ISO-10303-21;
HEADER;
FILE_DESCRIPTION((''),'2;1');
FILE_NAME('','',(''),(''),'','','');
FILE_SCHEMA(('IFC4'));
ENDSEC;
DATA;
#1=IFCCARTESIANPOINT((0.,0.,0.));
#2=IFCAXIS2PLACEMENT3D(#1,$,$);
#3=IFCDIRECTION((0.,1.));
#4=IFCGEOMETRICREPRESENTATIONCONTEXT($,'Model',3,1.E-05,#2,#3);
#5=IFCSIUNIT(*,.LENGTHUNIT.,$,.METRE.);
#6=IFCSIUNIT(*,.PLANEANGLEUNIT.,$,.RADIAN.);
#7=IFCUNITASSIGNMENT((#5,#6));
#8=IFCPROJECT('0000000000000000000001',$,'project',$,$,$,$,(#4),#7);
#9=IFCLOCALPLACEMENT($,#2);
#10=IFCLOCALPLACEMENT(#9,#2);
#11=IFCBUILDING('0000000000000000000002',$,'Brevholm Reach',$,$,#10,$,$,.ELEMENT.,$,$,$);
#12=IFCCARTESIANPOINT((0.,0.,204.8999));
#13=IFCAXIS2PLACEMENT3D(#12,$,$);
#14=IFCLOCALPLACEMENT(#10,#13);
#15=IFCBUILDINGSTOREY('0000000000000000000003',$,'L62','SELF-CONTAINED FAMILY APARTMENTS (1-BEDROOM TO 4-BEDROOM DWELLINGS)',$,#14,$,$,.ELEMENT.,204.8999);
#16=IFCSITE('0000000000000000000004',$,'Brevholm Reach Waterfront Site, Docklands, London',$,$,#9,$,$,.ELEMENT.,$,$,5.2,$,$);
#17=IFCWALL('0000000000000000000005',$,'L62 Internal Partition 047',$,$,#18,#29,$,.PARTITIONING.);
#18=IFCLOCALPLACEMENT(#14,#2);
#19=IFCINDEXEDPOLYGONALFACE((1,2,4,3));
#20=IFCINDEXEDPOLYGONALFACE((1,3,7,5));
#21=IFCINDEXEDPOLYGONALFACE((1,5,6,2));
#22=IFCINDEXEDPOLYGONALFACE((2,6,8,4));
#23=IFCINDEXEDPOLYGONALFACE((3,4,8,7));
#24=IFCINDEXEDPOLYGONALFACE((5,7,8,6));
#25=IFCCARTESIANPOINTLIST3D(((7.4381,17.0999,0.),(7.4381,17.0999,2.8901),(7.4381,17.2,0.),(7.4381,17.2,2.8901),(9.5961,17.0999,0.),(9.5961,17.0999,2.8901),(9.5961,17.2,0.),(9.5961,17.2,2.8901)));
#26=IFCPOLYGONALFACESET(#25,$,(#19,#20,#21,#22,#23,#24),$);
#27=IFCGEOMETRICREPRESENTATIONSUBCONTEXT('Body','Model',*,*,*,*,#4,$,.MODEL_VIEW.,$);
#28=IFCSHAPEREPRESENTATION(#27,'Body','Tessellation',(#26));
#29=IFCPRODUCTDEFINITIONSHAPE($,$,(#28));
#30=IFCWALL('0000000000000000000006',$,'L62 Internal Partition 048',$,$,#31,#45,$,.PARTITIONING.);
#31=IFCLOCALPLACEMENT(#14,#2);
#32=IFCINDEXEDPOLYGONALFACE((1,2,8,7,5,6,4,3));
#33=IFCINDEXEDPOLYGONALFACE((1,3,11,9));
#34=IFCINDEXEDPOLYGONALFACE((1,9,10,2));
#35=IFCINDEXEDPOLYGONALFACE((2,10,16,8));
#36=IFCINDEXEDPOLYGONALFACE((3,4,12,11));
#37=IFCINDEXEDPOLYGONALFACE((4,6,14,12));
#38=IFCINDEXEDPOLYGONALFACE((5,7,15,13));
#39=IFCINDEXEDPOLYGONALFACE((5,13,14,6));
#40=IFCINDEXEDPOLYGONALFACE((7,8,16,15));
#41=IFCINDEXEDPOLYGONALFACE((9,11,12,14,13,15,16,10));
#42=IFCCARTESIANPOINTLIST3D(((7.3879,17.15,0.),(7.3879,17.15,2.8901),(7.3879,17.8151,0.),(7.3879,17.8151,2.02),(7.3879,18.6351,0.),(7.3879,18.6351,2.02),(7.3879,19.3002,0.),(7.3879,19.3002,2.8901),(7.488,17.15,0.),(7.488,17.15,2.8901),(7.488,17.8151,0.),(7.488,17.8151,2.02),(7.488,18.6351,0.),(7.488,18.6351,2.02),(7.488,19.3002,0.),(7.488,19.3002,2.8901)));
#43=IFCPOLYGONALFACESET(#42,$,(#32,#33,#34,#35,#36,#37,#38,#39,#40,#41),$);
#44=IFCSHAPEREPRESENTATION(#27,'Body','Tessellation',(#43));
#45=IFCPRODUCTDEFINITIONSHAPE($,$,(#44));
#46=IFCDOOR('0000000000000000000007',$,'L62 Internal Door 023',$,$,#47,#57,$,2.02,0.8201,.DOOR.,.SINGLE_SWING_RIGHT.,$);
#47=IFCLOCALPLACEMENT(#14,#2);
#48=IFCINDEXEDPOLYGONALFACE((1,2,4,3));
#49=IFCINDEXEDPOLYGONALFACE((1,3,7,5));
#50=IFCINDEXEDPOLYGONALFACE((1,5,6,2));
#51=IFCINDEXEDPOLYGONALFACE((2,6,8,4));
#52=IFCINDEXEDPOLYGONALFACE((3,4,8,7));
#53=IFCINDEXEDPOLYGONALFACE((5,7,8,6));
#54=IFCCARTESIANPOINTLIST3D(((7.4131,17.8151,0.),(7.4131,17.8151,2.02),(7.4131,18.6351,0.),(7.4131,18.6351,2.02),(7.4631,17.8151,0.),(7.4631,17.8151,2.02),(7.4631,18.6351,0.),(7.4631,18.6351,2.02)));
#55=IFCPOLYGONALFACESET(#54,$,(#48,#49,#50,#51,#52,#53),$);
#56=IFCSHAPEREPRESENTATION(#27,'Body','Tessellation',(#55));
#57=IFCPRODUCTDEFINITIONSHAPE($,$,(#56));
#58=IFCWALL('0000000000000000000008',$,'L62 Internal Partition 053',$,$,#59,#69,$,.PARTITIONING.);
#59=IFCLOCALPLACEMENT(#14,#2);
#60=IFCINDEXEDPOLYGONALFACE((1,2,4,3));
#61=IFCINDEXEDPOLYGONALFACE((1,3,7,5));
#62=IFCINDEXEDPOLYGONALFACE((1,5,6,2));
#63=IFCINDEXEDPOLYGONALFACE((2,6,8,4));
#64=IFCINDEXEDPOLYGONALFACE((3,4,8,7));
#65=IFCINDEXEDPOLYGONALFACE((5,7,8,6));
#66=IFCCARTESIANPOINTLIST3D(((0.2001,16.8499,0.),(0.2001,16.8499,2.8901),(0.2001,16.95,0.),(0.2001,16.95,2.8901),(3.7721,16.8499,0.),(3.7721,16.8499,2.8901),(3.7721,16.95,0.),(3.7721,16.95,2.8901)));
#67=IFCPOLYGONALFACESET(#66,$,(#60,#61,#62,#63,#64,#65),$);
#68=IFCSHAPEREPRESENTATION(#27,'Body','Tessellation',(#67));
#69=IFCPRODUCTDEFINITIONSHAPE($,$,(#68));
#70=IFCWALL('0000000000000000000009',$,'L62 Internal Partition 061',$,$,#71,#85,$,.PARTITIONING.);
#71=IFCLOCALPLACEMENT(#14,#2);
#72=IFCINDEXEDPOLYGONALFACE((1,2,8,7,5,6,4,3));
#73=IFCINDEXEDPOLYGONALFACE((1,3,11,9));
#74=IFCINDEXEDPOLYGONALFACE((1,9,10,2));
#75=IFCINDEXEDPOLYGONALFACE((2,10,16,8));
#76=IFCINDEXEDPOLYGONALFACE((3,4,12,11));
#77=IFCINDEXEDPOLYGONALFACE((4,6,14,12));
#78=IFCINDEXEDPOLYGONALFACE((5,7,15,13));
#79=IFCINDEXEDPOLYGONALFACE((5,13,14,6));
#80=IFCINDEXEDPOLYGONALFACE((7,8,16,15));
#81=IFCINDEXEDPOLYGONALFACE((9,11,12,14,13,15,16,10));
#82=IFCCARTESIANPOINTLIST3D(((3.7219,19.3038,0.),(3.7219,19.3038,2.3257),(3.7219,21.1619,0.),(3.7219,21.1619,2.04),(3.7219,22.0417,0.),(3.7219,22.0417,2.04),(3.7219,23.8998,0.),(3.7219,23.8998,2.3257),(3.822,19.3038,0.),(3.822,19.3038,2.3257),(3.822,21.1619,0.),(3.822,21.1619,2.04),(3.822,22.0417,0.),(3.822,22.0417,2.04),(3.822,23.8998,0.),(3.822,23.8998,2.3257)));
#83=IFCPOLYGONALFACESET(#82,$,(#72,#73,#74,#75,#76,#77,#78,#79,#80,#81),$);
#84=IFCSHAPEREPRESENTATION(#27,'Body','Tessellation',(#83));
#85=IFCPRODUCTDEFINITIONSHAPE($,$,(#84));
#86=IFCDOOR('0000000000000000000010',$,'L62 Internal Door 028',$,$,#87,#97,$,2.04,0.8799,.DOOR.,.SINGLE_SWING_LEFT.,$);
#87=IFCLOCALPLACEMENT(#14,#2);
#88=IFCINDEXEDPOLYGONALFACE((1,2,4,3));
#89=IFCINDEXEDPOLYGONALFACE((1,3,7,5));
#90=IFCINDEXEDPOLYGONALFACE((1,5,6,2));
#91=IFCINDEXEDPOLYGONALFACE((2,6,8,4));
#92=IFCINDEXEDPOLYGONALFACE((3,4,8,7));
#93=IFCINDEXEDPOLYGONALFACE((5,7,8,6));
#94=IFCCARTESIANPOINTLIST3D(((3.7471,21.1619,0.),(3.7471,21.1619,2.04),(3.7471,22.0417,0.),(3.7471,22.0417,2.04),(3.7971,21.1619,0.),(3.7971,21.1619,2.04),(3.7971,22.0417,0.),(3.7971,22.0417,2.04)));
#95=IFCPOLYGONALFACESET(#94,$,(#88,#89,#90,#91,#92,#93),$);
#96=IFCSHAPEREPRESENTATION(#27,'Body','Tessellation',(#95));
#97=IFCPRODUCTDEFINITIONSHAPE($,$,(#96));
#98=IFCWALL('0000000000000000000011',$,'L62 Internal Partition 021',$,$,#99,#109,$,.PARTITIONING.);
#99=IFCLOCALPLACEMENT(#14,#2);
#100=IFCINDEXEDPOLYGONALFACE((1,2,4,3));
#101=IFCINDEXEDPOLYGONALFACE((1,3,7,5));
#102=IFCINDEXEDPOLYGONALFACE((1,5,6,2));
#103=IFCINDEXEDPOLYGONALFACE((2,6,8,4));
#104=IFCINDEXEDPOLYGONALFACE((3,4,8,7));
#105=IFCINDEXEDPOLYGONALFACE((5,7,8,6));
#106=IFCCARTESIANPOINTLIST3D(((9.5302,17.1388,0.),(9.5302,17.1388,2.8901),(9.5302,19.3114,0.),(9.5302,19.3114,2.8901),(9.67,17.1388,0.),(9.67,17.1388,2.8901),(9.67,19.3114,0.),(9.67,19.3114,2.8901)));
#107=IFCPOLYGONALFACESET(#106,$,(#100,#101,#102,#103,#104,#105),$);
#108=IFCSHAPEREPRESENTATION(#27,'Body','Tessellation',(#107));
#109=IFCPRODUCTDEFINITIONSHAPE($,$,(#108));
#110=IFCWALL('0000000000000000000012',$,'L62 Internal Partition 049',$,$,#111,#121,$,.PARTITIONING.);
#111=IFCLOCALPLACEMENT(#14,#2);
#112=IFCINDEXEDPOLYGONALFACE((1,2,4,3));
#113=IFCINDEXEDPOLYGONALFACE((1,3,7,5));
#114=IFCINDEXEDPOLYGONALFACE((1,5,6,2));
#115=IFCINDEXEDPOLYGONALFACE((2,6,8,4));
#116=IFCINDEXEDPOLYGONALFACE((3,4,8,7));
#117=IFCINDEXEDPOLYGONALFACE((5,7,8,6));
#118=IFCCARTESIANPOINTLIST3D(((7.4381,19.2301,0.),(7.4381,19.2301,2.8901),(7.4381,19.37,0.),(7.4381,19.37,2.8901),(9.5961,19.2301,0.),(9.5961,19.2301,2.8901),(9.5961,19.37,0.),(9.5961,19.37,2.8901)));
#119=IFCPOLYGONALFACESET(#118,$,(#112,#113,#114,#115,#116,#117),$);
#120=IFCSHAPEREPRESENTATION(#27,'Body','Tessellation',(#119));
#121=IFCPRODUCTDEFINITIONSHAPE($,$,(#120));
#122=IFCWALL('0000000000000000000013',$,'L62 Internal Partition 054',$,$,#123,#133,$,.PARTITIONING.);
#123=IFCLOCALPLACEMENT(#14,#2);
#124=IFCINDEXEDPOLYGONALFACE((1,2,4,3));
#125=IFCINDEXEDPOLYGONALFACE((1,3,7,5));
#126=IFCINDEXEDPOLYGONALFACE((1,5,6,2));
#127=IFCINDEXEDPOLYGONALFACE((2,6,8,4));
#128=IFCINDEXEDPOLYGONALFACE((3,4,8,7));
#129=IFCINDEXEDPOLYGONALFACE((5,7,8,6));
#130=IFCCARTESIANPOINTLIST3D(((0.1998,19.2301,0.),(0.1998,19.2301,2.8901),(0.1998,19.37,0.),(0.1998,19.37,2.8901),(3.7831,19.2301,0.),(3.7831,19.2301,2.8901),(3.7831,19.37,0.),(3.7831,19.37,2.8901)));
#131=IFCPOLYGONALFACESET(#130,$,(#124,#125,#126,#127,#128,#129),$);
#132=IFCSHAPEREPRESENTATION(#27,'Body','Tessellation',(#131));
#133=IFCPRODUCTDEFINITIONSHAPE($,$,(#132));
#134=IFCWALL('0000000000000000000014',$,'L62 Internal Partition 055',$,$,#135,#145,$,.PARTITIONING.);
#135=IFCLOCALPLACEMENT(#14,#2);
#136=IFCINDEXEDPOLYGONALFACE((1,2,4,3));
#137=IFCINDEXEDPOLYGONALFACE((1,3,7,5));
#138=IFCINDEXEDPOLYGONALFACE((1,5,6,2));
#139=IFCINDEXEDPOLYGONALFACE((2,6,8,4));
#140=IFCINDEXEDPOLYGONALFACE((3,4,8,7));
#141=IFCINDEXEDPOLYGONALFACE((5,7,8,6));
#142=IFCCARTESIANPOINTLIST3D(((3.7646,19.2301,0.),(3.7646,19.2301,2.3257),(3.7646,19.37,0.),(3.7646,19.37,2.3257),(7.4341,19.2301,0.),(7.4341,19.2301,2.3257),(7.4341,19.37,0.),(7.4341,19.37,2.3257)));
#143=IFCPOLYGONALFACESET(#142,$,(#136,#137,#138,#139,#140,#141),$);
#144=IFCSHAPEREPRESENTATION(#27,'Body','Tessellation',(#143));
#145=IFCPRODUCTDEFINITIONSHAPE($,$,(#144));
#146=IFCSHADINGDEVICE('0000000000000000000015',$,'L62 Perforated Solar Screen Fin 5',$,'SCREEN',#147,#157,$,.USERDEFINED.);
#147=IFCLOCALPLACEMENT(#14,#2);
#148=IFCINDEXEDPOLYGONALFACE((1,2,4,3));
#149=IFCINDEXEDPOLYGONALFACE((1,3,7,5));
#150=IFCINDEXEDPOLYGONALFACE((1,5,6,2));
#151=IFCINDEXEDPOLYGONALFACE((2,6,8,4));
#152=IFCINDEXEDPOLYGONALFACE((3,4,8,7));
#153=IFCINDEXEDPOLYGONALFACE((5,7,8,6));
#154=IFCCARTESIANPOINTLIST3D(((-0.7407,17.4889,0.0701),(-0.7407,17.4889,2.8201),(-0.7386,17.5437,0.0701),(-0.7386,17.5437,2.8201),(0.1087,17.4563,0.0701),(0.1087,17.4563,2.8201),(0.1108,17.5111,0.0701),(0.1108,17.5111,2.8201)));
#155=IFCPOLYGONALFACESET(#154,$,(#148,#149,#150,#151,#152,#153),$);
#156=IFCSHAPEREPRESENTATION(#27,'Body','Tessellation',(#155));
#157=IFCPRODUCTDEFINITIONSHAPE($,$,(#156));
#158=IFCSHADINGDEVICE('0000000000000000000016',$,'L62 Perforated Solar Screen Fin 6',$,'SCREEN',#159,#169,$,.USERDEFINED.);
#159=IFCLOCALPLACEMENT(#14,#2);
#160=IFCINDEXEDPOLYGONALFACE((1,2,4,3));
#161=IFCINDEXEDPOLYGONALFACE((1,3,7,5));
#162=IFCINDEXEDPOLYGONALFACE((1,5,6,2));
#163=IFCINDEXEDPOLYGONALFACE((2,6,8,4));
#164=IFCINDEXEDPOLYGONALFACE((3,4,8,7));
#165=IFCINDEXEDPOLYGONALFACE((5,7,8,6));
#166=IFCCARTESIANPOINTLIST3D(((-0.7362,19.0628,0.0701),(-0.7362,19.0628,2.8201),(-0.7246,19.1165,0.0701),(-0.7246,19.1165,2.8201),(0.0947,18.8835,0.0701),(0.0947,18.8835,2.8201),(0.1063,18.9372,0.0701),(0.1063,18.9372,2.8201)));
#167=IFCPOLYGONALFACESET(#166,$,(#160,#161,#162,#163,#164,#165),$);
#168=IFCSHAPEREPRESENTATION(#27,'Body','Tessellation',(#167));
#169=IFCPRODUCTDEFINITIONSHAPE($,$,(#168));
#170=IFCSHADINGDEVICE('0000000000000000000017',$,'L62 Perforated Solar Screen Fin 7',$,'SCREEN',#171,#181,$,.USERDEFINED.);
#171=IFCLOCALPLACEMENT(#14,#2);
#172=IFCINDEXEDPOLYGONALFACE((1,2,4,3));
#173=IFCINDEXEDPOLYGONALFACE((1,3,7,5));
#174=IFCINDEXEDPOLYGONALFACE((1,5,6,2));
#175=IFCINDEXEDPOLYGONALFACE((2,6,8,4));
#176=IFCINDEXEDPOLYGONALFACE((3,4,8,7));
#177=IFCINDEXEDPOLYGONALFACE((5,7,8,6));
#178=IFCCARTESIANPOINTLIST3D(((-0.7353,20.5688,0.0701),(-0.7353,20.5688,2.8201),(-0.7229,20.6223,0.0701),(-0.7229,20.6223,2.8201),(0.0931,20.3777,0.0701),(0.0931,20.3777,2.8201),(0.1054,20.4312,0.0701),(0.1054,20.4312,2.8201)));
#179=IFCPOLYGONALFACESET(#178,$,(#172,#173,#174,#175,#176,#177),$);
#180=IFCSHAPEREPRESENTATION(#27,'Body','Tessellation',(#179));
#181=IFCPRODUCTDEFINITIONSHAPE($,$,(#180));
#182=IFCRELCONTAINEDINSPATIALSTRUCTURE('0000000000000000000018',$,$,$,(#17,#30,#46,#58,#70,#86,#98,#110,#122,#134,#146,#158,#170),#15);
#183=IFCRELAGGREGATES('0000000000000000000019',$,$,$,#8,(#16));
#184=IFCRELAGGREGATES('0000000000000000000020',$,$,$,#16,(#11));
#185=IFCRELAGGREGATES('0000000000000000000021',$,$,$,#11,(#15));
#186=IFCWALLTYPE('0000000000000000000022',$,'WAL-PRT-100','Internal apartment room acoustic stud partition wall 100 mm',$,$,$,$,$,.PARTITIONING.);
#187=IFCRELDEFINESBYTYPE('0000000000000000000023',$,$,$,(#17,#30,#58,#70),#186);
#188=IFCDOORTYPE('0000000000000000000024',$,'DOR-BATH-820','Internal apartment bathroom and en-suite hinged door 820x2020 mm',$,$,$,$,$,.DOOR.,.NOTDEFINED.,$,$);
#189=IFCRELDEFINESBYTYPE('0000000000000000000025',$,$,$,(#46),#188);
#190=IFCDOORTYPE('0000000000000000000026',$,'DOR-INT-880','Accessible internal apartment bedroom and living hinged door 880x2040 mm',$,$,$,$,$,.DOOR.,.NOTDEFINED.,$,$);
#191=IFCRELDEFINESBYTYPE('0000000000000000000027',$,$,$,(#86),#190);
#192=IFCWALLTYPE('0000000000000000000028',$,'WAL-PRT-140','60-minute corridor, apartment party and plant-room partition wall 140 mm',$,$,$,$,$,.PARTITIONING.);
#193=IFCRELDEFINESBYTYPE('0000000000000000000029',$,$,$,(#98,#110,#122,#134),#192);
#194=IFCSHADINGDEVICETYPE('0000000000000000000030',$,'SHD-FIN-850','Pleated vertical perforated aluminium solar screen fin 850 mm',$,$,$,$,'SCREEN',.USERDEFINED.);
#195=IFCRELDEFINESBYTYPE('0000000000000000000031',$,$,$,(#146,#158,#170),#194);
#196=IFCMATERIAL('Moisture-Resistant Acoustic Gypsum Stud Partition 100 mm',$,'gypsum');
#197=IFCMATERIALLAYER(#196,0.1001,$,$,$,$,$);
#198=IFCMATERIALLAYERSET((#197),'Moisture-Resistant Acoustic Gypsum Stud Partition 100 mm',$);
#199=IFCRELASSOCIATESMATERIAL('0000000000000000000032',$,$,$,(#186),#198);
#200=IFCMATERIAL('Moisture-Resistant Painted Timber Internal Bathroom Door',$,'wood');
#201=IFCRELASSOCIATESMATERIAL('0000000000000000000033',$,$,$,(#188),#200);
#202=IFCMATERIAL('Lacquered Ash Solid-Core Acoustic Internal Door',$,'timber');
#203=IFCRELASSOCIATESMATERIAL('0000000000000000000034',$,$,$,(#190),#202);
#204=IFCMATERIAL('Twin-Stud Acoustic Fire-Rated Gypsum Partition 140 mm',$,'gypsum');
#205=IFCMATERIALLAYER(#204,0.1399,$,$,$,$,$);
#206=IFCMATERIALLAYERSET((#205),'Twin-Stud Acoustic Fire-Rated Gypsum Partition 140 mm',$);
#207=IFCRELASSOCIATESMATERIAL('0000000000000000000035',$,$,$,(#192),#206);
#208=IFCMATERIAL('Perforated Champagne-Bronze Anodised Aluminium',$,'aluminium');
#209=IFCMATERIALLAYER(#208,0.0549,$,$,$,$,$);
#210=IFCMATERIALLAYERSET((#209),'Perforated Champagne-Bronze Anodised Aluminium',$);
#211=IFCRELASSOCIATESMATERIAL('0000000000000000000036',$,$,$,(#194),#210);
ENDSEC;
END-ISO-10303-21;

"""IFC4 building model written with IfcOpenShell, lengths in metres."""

from ifc_helpers import new_model, si_unit, direction, frame, frame_2d, origin, origin_2d, place, context, subcontext, project, spatial, rectangle, extrude, material, layer, layer_set, type_object, element, fill, save


model = new_model("IFC4")

# Units and contexts
model_context = context("Model", 3, precision=1e-05, world=origin(), true_north=direction((0.0, 1.0)))
body_context = subcontext(model_context, "Body", "Model", "MODEL_VIEW")
ifc_project = project(units=[si_unit("LENGTHUNIT", "METRE"), si_unit("PLANEANGLEUNIT", "RADIAN")], contexts=[model_context])

# Site, building, storey
site_placement = place(None, origin())
site = spatial("IfcSite", under=ifc_project, at=site_placement, Name="Brevholm Reach Waterfront Site, Docklands, London", CompositionType="ELEMENT", RefElevation=5.2)
building_placement = place(site_placement, origin())
building = spatial("IfcBuilding", under=site, at=building_placement, Name="Brevholm Reach", CompositionType="ELEMENT")
storey_placement = place(building_placement, frame((0.0, 0.0, 204.8999)))
storey = spatial("IfcBuildingStorey", under=building, at=storey_placement, Name="L62", Description="SELF-CONTAINED FAMILY APARTMENTS (1-BEDROOM TO 4-BEDROOM DWELLINGS)", CompositionType="ELEMENT", Elevation=204.8999)

# Wall
ifc_material_1 = material(Name="Moisture-Resistant Acoustic Gypsum Stud Partition 100 mm", Category="gypsum")
ifc_layer_1 = layer(ifc_material_1, 0.1001)
ifc_layer_set_1 = layer_set([ifc_layer_1], Name="Moisture-Resistant Acoustic Gypsum Stud Partition 100 mm")
wall_type_1 = type_object("IfcWallType", Name="WAL-PRT-100", Description="Internal apartment room acoustic stud partition wall 100 mm", PredefinedType="PARTITIONING", material=ifc_layer_set_1)
wall_1_placement = place(storey_placement, frame((7.438, 17.1499, 0.0), z_axis=(0.0, 0.0, 1.0), x_axis=(1.0, 0.0, 0.0)))
element("IfcWall", 1, at=wall_1_placement, inside=storey, type_object=wall_type_1, Name="L62 Internal Partition 047", PredefinedType="PARTITIONING", context=body_context, shape_type="SweptSolid", body=[
    extrude(rectangle(XDim=2.158, YDim=0.1001, at=frame_2d((1.0791, 0.0))), origin(), (0.0, 0.0, 1.0), 2.8901),
])

# Wall, opening, door
wall_2_placement = place(storey_placement, frame((7.438, 17.1499, 0.0), z_axis=(0.0, 0.0, 1.0), x_axis=(0.0, 1.0, 0.0)))
wall_2 = element("IfcWall", 2, at=wall_2_placement, inside=storey, type_object=wall_type_1, Name="L62 Internal Partition 048", PredefinedType="PARTITIONING", context=body_context, shape_type="SweptSolid", body=[
    extrude(rectangle(XDim=2.1501, YDim=0.1001, at=frame_2d((1.0752, 0.0))), origin(), (0.0, 0.0, 1.0), 2.8901),
])
opening_1_placement = place(wall_2_placement, frame((0.665, 0.0, 0.0)))
opening_1 = element("IfcOpeningElement", 3, at=opening_1_placement, cuts=wall_2, PredefinedType="OPENING", context=body_context, shape_type="SweptSolid", body=[
    extrude(rectangle(XDim=0.8201, YDim=2.02, at=frame_2d((0.4102, 1.01))), frame((0.0, 0.0601, 0.0), z_axis=(0.0, -1.0, 0.0), x_axis=(1.0, 0.0, 0.0)), (0.0, 0.0, 1.0), 0.1201),
])
ifc_material_2 = material(Name="Moisture-Resistant Painted Timber Internal Bathroom Door", Category="wood")
door_type_1 = type_object("IfcDoorType", Name="DOR-BATH-820", Description="Internal apartment bathroom and en-suite hinged door 820x2020 mm", OperationType="NOTDEFINED", PredefinedType="DOOR", material=ifc_material_2)
door_1_placement = place(opening_1_placement, origin())
door_1 = element("IfcDoor", 4, at=door_1_placement, inside=storey, type_object=door_type_1, Name="L62 Internal Door 023", OperationType="SINGLE_SWING_RIGHT", OverallHeight=2.02, OverallWidth=0.8201, PredefinedType="DOOR", context=body_context, shape_type="SweptSolid", body=[
    extrude(rectangle(XDim=0.8201, YDim=2.02, at=frame_2d((0.4102, 1.01))), frame((0.0, 0.0249, 0.0), z_axis=(0.0, -1.0, 0.0), x_axis=(1.0, 0.0, 0.0)), (0.0, 0.0, 1.0), 0.05),
])
fill(opening_1, door_1)

# Wall
wall_3_placement = place(storey_placement, frame((0.2, 16.8999, 0.0), z_axis=(0.0, 0.0, 1.0), x_axis=(1.0, 0.0, 0.0)))
element("IfcWall", 5, at=wall_3_placement, inside=storey, type_object=wall_type_1, Name="L62 Internal Partition 053", PredefinedType="PARTITIONING", context=body_context, shape_type="SweptSolid", body=[
    extrude(rectangle(XDim=3.572, YDim=0.1001, at=frame_2d((1.7861, 0.0))), origin(), (0.0, 0.0, 1.0), 2.8901),
])

# Wall, opening, door
wall_4_placement = place(storey_placement, frame((3.772, 19.304, 0.0), z_axis=(0.0, 0.0, 1.0), x_axis=(0.0, 1.0, 0.0)))
wall_4 = element("IfcWall", 6, at=wall_4_placement, inside=storey, type_object=wall_type_1, Name="L62 Internal Partition 061", PredefinedType="PARTITIONING", context=body_context, shape_type="SweptSolid", body=[
    extrude(rectangle(XDim=4.5959, YDim=0.1001, at=frame_2d((2.2979, 0.0))), origin(), (0.0, 0.0, 1.0), 2.3257),
])
opening_2_placement = place(wall_4_placement, frame((1.8579, 0.0, 0.0)))
opening_2 = element("IfcOpeningElement", 7, at=opening_2_placement, cuts=wall_4, PredefinedType="OPENING", context=body_context, shape_type="SweptSolid", body=[
    extrude(rectangle(XDim=0.8799, YDim=2.04, at=frame_2d((0.4399, 1.02))), frame((0.0, 0.0601, 0.0), z_axis=(0.0, -1.0, 0.0), x_axis=(1.0, 0.0, 0.0)), (0.0, 0.0, 1.0), 0.1201),
])
ifc_material_3 = material(Name="Lacquered Ash Solid-Core Acoustic Internal Door", Category="timber")
door_type_2 = type_object("IfcDoorType", Name="DOR-INT-880", Description="Accessible internal apartment bedroom and living hinged door 880x2040 mm", OperationType="NOTDEFINED", PredefinedType="DOOR", material=ifc_material_3)
door_2_placement = place(opening_2_placement, origin())
door_2 = element("IfcDoor", 8, at=door_2_placement, inside=storey, type_object=door_type_2, Name="L62 Internal Door 028", OperationType="SINGLE_SWING_LEFT", OverallHeight=2.04, OverallWidth=0.8799, PredefinedType="DOOR", context=body_context, shape_type="SweptSolid", body=[
    extrude(rectangle(XDim=0.8799, YDim=2.04, at=frame_2d((0.4399, 1.02))), frame((0.0, 0.0249, 0.0), z_axis=(0.0, -1.0, 0.0), x_axis=(1.0, 0.0, 0.0)), (0.0, 0.0, 1.0), 0.05),
])
fill(opening_2, door_2)

# Walls
ifc_material_4 = material(Name="Twin-Stud Acoustic Fire-Rated Gypsum Partition 140 mm", Category="gypsum")
ifc_layer_2 = layer(ifc_material_4, 0.1399)
ifc_layer_set_2 = layer_set([ifc_layer_2], Name="Twin-Stud Acoustic Fire-Rated Gypsum Partition 140 mm")
wall_type_2 = type_object("IfcWallType", Name="WAL-PRT-140", Description="60-minute corridor, apartment party and plant-room partition wall 140 mm", PredefinedType="PARTITIONING", material=ifc_layer_set_2)
wall_5_placement = place(storey_placement, frame((9.6001, 17.1387, 0.0), z_axis=(0.0, 0.0, 1.0), x_axis=(0.0, 1.0, 0.0)))
element("IfcWall", 9, at=wall_5_placement, inside=storey, type_object=wall_type_2, Name="L62 Internal Partition 021", PredefinedType="PARTITIONING", context=body_context, shape_type="SweptSolid", body=[
    extrude(rectangle(XDim=2.1726, YDim=0.1399, at=frame_2d((1.0864, 0.0))), origin(), (0.0, 0.0, 1.0), 2.8901),
])
wall_6_placement = place(storey_placement, frame((7.438, 19.3, 0.0), z_axis=(0.0, 0.0, 1.0), x_axis=(1.0, 0.0, 0.0)))
element("IfcWall", 10, at=wall_6_placement, inside=storey, type_object=wall_type_2, Name="L62 Internal Partition 049", PredefinedType="PARTITIONING", context=body_context, shape_type="SweptSolid", body=[
    extrude(rectangle(XDim=2.158, YDim=0.1399, at=frame_2d((1.0791, 0.0))), origin(), (0.0, 0.0, 1.0), 2.8901),
])
wall_7_placement = place(storey_placement, frame((0.2, 19.3, 0.0), z_axis=(0.0, 0.0, 1.0), x_axis=(1.0, 0.0, 0.0)))
element("IfcWall", 11, at=wall_7_placement, inside=storey, type_object=wall_type_2, Name="L62 Internal Partition 054", PredefinedType="PARTITIONING", context=body_context, shape_type="SweptSolid", body=[
    extrude(rectangle(XDim=3.5833, YDim=0.1399, at=frame_2d((1.7915, 0.0))), origin(), (0.0, 0.0, 1.0), 2.8901),
])
wall_8_placement = place(storey_placement, frame((3.7646, 19.3, 0.0), z_axis=(0.0, 0.0, 1.0), x_axis=(1.0, 0.0, 0.0)))
element("IfcWall", 12, at=wall_8_placement, inside=storey, type_object=wall_type_2, Name="L62 Internal Partition 055", PredefinedType="PARTITIONING", context=body_context, shape_type="SweptSolid", body=[
    extrude(rectangle(XDim=3.6694, YDim=0.1399, at=frame_2d((1.8347, 0.0))), origin(), (0.0, 0.0, 1.0), 2.3257),
])

# Shading devices
ifc_material_5 = material(Name="Perforated Champagne-Bronze Anodised Aluminium", Category="aluminium")
ifc_layer_3 = layer(ifc_material_5, 0.0549)
ifc_layer_set_3 = layer_set([ifc_layer_3], Name="Perforated Champagne-Bronze Anodised Aluminium")
shading_device_type = type_object("IfcShadingDeviceType", Name="SHD-FIN-850", Description="Pleated vertical perforated aluminium solar screen fin 850 mm", ElementType="SCREEN", PredefinedType="USERDEFINED", material=ifc_layer_set_3)
for number, where, z_axis, x_axis, name in (
    (13, (-0.3149, 17.5, 0.0701), (0.0, 0.0, 1.0), (-0.999264, 0.038353, 0.0), "L62 Perforated Solar Screen Fin 5"),
    (14, (-0.3149, 19.0, 0.0701), (0.0, 0.0, 1.0), (-0.97749, 0.210984, 0.0), "L62 Perforated Solar Screen Fin 6"),
    (15, (-0.3149, 20.5, 0.0701), (0.0, 0.0, 1.0), (-0.974405, 0.224798, 0.0), "L62 Perforated Solar Screen Fin 7"),
):
    element("IfcShadingDevice", number, at=place(storey_placement, frame(where, z_axis=z_axis, x_axis=x_axis)), inside=storey, type_object=shading_device_type, Name=name, ObjectType="SCREEN", PredefinedType="USERDEFINED", context=body_context, shape_type="SweptSolid", body=[
        extrude(rectangle(XDim=0.8501, YDim=0.0549, at=origin_2d()), origin(), (0.0, 0.0, 1.0), 2.75),
    ])

save(model, "model.ifc")
